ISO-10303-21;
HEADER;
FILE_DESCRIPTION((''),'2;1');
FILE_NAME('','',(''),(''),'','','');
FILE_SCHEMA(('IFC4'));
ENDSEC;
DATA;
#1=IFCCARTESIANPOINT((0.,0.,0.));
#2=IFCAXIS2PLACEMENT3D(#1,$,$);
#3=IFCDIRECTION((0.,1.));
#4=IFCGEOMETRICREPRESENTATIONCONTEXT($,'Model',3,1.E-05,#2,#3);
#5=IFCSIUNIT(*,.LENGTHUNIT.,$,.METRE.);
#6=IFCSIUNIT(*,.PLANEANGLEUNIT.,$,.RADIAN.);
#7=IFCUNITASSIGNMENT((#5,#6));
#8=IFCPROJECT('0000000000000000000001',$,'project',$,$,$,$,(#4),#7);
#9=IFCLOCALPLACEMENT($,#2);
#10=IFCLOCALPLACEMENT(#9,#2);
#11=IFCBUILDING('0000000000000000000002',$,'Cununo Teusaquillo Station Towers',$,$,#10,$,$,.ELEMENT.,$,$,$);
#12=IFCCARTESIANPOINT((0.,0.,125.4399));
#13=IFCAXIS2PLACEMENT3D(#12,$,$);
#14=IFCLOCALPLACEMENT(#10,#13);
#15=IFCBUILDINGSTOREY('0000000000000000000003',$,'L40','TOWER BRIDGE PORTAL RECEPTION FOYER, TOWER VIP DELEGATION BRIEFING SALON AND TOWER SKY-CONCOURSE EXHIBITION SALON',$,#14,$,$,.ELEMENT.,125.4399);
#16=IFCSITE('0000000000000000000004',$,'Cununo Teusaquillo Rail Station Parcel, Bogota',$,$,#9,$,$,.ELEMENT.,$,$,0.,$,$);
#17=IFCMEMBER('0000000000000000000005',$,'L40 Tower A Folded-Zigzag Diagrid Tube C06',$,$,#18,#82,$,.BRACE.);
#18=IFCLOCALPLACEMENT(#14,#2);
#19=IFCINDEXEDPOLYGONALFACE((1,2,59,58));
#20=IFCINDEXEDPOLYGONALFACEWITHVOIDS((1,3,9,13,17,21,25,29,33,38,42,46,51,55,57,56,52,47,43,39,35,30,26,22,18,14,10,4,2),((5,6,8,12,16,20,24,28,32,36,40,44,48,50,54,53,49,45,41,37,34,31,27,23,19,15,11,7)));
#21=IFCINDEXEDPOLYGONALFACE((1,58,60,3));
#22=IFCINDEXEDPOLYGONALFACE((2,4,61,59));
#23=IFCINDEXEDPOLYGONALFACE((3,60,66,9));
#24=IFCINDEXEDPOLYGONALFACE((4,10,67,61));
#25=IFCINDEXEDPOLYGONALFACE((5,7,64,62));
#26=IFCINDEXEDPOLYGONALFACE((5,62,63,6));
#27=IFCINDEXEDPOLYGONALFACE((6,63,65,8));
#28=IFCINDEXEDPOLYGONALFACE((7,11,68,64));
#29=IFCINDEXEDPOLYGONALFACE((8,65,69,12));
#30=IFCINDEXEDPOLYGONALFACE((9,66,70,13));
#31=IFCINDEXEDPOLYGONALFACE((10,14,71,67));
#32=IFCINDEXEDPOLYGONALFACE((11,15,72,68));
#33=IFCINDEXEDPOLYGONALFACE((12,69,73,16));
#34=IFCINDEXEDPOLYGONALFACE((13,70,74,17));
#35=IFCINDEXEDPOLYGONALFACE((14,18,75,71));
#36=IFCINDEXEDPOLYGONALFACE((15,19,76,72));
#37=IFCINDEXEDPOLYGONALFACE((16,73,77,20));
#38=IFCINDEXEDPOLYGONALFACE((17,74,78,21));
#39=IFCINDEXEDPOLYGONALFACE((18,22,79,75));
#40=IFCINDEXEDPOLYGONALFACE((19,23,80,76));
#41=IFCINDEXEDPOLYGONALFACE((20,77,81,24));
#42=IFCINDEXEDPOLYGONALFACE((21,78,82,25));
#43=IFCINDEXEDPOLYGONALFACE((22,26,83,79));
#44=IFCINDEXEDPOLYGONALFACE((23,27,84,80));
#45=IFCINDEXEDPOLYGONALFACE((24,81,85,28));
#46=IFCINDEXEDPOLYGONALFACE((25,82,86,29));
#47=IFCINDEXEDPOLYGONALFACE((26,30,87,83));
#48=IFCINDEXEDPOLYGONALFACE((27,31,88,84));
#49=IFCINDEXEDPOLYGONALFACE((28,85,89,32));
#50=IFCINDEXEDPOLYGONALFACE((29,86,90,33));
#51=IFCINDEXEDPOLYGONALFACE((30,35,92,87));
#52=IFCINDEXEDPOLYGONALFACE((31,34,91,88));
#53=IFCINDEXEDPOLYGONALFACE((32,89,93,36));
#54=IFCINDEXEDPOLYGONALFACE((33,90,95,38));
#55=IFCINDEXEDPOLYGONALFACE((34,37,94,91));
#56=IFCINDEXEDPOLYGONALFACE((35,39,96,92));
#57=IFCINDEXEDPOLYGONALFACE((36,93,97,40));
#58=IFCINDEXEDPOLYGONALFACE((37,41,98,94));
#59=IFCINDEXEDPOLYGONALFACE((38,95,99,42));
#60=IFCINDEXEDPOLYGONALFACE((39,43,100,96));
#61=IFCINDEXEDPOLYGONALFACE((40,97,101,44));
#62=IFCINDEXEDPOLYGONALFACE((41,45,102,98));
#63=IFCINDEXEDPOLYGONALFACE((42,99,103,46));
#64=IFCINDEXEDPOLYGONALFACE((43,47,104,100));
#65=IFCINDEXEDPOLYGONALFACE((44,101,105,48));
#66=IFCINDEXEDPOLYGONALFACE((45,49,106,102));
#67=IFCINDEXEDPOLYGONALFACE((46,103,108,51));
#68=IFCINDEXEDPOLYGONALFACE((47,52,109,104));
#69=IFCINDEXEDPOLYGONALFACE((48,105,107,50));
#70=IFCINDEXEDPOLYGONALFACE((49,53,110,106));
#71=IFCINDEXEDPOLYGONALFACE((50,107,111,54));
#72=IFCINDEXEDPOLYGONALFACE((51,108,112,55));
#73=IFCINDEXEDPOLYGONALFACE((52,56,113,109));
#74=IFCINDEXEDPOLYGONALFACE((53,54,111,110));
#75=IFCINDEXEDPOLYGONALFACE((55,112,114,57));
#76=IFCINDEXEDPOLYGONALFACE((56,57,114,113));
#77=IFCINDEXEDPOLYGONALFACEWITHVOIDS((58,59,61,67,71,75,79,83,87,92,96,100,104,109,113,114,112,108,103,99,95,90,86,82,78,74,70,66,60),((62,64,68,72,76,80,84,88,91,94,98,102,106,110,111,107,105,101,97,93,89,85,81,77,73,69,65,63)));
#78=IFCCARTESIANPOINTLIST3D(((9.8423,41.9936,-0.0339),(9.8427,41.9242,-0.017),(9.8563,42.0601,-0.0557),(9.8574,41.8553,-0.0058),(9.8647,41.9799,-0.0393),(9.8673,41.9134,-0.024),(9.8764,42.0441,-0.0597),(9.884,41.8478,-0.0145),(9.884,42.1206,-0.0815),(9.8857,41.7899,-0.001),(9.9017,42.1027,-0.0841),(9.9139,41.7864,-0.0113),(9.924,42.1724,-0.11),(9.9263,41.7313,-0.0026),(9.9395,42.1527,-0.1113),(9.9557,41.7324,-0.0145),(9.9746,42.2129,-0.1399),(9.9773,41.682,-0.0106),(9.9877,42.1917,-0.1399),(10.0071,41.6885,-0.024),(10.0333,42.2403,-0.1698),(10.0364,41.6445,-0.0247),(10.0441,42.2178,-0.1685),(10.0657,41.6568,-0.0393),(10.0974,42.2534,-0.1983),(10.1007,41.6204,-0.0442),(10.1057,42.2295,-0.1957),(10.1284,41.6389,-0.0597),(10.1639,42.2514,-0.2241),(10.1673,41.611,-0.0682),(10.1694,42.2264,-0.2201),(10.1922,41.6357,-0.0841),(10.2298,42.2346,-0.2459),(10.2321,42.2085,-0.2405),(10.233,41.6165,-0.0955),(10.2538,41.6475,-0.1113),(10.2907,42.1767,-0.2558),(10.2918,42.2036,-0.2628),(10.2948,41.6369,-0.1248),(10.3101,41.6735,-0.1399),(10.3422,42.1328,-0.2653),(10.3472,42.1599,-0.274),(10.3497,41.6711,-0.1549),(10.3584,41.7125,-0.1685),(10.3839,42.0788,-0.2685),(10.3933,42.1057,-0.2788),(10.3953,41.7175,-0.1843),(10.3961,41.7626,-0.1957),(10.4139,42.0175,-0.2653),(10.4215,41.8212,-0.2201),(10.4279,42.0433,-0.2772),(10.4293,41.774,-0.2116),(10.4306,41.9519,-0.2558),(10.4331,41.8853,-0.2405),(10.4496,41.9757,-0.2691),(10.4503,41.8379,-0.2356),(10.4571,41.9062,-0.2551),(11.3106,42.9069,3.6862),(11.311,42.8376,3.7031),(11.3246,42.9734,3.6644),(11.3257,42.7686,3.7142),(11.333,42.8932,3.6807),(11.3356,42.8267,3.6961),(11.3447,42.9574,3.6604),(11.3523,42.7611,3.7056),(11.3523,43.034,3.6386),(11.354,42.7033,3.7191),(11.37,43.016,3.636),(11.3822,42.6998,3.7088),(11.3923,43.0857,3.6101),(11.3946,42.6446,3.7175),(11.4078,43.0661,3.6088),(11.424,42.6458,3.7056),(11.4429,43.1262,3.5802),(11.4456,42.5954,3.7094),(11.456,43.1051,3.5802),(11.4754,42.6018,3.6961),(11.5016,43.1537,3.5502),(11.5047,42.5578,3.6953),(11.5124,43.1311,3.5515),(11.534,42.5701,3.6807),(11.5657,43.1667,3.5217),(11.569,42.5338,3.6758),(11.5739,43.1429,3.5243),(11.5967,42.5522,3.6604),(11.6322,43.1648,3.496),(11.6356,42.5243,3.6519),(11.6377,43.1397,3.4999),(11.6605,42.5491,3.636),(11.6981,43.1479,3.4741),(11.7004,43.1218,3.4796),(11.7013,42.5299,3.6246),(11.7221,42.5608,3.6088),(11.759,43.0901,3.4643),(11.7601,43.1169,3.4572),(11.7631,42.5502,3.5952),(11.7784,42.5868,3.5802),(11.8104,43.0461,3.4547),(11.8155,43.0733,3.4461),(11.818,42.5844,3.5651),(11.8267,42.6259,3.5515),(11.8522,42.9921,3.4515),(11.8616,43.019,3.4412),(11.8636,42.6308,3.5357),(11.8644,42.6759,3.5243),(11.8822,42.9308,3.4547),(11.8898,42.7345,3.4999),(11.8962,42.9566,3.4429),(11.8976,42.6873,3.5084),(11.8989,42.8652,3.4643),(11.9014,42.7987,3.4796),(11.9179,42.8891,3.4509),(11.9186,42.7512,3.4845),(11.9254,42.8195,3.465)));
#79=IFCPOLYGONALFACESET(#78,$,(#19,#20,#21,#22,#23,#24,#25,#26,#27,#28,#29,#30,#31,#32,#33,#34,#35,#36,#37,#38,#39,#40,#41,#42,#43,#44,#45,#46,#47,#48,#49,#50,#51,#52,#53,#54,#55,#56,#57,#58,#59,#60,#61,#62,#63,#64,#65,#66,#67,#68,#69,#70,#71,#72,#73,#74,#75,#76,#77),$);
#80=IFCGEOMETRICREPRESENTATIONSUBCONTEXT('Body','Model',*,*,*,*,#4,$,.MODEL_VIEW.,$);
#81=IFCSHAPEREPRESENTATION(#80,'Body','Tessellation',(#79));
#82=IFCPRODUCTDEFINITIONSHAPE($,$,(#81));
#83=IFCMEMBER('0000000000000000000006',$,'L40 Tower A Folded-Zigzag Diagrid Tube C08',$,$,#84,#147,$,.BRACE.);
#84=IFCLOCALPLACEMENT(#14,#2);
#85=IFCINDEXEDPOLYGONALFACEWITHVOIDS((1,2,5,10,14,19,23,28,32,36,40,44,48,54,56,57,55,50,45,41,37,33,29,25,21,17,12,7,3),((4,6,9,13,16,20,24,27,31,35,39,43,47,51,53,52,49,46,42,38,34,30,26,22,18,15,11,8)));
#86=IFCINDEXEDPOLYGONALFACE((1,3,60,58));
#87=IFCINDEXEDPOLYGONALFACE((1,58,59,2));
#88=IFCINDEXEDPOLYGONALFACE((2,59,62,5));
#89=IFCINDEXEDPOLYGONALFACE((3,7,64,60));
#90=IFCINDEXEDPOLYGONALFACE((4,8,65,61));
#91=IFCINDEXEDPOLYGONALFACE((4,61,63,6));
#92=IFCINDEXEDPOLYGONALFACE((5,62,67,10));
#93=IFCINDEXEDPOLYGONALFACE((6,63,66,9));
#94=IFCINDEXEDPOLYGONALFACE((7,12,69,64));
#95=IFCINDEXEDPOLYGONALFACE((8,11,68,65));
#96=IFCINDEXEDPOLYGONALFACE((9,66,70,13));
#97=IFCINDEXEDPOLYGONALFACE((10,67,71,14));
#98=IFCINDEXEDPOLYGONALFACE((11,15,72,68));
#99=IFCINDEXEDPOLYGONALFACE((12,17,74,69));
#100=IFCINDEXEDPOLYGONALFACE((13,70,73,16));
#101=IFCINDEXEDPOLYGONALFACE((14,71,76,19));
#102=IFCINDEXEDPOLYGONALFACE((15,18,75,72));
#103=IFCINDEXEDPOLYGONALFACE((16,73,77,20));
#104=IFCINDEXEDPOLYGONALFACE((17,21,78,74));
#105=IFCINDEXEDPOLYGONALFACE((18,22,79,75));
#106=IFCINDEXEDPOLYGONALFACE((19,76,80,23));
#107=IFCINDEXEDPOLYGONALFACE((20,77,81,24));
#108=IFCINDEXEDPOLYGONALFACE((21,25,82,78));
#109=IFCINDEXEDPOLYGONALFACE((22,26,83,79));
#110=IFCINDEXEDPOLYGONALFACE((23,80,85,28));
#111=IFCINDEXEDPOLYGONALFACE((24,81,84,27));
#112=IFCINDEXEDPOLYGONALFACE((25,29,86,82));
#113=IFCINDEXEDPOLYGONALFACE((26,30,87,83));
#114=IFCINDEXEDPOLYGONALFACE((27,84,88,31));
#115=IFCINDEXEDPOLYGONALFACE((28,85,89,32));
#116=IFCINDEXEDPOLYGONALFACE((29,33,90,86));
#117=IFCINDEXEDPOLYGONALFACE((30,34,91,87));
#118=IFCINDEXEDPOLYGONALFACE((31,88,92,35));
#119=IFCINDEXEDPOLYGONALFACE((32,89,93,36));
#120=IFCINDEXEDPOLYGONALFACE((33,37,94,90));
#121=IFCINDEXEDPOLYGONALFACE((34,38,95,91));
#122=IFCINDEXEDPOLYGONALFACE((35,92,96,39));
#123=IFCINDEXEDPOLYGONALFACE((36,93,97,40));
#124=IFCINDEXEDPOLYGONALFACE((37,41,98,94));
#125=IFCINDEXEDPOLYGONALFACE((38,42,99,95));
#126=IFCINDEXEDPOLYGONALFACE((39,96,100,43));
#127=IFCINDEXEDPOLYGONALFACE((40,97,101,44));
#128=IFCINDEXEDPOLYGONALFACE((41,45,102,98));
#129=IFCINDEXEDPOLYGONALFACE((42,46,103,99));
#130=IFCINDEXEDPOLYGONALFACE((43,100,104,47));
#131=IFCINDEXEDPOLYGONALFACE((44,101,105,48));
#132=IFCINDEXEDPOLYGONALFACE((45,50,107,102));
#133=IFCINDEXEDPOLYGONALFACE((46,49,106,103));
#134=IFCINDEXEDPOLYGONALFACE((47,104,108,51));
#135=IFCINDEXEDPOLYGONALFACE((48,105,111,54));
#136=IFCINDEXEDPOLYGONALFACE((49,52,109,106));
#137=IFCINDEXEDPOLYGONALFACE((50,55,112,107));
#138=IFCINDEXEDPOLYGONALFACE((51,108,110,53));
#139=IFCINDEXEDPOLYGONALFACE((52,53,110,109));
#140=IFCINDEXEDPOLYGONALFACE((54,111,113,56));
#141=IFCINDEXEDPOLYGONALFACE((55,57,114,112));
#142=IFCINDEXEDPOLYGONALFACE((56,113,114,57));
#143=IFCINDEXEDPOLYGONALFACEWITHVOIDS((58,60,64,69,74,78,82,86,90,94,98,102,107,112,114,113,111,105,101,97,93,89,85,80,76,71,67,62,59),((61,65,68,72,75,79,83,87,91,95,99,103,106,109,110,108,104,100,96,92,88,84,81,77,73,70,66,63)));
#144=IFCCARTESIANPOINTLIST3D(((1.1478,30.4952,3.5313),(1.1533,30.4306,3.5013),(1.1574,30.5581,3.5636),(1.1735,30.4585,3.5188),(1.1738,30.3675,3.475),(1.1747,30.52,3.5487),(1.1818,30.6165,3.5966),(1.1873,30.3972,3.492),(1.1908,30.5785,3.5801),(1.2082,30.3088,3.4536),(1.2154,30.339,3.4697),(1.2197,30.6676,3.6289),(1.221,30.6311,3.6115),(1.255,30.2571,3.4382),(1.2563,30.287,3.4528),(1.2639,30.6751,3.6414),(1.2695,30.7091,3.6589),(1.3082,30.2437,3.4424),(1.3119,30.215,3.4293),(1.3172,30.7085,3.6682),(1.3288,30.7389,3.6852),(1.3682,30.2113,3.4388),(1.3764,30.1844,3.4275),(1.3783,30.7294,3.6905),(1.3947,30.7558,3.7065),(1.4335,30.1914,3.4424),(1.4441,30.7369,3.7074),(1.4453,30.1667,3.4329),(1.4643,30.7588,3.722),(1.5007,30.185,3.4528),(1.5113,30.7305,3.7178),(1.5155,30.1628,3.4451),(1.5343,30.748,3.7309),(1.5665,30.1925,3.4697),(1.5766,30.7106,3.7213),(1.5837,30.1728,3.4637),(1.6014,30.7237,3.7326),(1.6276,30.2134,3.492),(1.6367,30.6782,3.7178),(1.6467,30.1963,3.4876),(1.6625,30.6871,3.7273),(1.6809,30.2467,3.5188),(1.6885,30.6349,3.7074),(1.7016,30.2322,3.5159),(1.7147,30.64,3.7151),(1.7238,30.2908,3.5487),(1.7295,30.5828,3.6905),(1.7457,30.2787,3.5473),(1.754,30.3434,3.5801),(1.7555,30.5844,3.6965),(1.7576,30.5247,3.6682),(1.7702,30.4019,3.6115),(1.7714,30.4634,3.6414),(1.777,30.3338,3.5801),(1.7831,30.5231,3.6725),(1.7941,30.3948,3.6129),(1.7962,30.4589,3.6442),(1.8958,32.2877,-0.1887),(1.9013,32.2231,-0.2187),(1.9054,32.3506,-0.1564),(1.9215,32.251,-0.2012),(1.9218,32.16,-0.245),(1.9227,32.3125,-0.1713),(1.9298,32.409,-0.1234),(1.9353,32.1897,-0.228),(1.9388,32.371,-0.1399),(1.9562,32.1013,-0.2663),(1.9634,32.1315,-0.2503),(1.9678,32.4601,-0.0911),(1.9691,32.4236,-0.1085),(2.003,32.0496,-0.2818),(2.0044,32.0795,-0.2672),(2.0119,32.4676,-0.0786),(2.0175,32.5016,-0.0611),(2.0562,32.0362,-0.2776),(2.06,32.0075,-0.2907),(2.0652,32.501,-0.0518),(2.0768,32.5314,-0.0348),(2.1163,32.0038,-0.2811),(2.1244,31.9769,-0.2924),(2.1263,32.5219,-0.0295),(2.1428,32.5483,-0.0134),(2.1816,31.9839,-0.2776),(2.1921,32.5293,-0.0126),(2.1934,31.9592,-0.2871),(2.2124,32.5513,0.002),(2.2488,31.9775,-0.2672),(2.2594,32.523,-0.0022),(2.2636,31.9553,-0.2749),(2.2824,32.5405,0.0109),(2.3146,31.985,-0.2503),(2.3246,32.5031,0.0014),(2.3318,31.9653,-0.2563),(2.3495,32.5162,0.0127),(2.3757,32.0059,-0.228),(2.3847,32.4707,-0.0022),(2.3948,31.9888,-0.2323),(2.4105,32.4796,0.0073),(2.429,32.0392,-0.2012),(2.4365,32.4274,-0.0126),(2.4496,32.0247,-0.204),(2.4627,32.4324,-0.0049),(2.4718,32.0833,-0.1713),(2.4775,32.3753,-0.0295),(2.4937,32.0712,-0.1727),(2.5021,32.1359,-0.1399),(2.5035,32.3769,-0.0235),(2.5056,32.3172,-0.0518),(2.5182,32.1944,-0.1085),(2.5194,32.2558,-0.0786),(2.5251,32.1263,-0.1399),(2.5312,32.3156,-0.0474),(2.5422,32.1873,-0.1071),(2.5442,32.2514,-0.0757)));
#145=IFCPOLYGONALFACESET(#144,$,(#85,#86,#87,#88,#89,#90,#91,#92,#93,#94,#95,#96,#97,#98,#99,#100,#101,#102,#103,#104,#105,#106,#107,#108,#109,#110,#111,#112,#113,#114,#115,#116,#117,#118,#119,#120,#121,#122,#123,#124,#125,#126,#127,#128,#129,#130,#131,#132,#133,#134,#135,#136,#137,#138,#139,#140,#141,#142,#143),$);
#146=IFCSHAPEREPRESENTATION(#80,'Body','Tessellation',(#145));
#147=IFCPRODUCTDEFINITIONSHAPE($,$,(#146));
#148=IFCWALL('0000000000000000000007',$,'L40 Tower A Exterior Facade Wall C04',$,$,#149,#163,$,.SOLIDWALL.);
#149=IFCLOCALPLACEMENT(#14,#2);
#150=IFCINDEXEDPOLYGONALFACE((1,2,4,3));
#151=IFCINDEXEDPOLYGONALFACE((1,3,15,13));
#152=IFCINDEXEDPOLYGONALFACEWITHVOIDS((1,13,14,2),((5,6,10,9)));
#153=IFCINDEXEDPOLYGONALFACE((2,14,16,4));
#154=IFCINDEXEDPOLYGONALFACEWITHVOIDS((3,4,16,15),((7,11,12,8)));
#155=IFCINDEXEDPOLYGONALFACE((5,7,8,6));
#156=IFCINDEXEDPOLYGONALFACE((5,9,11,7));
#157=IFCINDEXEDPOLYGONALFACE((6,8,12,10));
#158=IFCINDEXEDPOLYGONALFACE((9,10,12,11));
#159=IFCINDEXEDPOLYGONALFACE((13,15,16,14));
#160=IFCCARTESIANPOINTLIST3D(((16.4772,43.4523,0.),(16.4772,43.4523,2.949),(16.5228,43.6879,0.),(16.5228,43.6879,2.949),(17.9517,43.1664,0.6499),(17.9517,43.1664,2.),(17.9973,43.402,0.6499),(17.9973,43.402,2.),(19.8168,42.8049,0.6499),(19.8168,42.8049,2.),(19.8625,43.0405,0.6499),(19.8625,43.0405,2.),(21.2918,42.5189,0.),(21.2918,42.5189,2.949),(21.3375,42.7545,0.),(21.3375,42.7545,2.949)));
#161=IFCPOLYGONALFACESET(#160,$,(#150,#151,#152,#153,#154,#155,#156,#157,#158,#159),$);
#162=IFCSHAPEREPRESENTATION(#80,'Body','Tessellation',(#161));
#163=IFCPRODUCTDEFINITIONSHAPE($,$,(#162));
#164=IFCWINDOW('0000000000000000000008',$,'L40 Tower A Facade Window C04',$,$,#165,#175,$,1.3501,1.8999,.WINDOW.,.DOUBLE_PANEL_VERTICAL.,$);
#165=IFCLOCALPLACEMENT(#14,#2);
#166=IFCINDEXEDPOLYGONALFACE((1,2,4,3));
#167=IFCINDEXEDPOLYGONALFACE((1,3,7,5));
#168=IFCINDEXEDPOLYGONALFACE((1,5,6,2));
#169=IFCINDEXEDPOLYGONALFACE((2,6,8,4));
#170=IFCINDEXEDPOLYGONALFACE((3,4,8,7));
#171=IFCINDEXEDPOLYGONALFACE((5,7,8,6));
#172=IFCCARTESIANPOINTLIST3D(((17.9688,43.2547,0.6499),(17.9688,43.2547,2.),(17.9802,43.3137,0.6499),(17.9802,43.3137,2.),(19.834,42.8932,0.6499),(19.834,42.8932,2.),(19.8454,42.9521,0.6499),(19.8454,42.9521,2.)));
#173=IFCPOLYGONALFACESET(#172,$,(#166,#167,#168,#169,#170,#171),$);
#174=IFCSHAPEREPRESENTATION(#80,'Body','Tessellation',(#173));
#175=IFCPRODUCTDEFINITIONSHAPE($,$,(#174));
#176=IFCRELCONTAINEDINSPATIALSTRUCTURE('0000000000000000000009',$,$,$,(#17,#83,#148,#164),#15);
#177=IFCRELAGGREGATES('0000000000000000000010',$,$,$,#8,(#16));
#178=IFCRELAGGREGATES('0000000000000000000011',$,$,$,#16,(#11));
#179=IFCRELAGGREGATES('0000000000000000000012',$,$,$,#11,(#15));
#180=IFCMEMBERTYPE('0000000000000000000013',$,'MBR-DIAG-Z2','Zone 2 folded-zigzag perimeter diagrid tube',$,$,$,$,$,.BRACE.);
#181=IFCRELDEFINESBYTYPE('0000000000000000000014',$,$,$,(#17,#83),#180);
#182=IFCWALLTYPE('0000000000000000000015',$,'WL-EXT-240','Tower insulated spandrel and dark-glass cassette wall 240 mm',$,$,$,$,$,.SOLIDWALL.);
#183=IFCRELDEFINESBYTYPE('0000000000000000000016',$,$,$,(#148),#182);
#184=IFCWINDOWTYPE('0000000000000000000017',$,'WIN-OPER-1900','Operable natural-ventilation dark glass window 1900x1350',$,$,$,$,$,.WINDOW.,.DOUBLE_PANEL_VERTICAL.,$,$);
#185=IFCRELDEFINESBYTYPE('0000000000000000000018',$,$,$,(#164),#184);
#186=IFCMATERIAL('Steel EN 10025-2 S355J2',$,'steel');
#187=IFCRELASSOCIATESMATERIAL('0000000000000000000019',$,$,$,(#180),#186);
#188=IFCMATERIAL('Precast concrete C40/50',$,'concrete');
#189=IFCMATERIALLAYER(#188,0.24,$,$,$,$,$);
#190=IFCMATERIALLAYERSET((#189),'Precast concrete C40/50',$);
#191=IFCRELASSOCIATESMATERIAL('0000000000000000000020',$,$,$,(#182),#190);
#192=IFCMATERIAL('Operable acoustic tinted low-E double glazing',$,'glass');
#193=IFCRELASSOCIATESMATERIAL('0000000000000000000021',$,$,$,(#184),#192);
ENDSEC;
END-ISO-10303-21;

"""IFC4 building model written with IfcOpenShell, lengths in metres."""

from ifc_helpers import new_model, si_unit, direction, frame, frame_2d, origin, origin_2d, place, context, subcontext, project, spatial, rectangle, hollow_circle, extrude, source, transform, mapped, material, layer, layer_set, material_profile, profile_set, type_object, element, fill, save


model = new_model("IFC4")

# Units and contexts
model_context = context("Model", 3, precision=1e-05, world=origin(), true_north=direction((0.0, 1.0)))
body_context = subcontext(model_context, "Body", "Model", "MODEL_VIEW")
ifc_project = project(units=[si_unit("LENGTHUNIT", "METRE"), si_unit("PLANEANGLEUNIT", "RADIAN")], contexts=[model_context])

# Site, building, storey
site_placement = place(None, origin())
site = spatial("IfcSite", under=ifc_project, at=site_placement, Name="Cununo Teusaquillo Rail Station Parcel, Bogota", CompositionType="ELEMENT", RefElevation=0.0)
building_placement = place(site_placement, origin())
building = spatial("IfcBuilding", under=site, at=building_placement, Name="Cununo Teusaquillo Station Towers", CompositionType="ELEMENT")
storey_placement = place(building_placement, frame((0.0, 0.0, 125.4399)))
storey = spatial("IfcBuildingStorey", under=building, at=storey_placement, Name="L40", Description="TOWER BRIDGE PORTAL RECEPTION FOYER, TOWER VIP DELEGATION BRIEFING SALON AND TOWER SKY-CONCOURSE EXHIBITION SALON", CompositionType="ELEMENT", Elevation=125.4399)

# Members
ifc_material_1 = material(Name="Steel EN 10025-2 S355J2", Category="steel")
ifc_material_profile_1 = material_profile(ifc_material_1, hollow_circle(Radius=0.3301, WallThickness=0.0249, at=origin_2d()), Name="CHS 660x25")
ifc_profile_set_1 = profile_set([ifc_material_profile_1], Name="Steel EN 10025-2 S355J2")
member_type = type_object("IfcMemberType", Name="MBR-DIAG-Z2", Description="Zone 2 folded-zigzag perimeter diagrid tube", PredefinedType="BRACE", material=ifc_profile_set_1)
member_1_placement = place(storey_placement, frame((10.1489, 41.9326, -0.1399), z_axis=(0.357919, 0.222643, 0.906821), x_axis=(-0.528196, 0.849123, 0.0)))
element("IfcMember", 1, at=member_1_placement, inside=storey, type_object=member_type, Name="L40 Tower A Folded-Zigzag Diagrid Tube C06", PredefinedType="BRACE", context=body_context, shape_type="SweptSolid", body=[
    extrude(hollow_circle(Radius=0.3301, WallThickness=0.0249, at=origin_2d()), origin(), (0.0, 0.0, 1.0), 4.1023),
])
member_2_placement = place(storey_placement, frame((2.2205, 32.2534, -0.1399), z_axis=(-0.178254, -0.427135, 0.886443), x_axis=(0.922861, -0.385133, 0.0)))
element("IfcMember", 2, at=member_2_placement, inside=storey, type_object=member_type, Name="L40 Tower A Folded-Zigzag Diagrid Tube C08", PredefinedType="BRACE", context=body_context, shape_type="SweptSolid", body=[
    extrude(hollow_circle(Radius=0.3301, WallThickness=0.0249, at=origin_2d()), origin(), (0.0, 0.0, 1.0), 4.1965),
])

# Wall, opening, window
ifc_material_2 = material(Name="Precast concrete C40/50", Category="concrete")
ifc_layer_1 = layer(ifc_material_2, 0.24)
ifc_layer_set_1 = layer_set([ifc_layer_1], Name="Precast concrete C40/50")
wall_type_1 = type_object("IfcWallType", Name="WL-EXT-240", Description="Tower insulated spandrel and dark-glass cassette wall 240 mm", PredefinedType="SOLIDWALL", material=ifc_layer_set_1)
wall_1_placement = place(storey_placement, frame((16.5, 43.5701, 0.0), z_axis=(0.0, 0.0, 1.0), x_axis=(0.981724, -0.190311, 0.0)))
wall_1 = element("IfcWall", 3, at=wall_1_placement, inside=storey, type_object=wall_type_1, Name="L40 Tower A Exterior Facade Wall C04", PredefinedType="SOLIDWALL", context=body_context, shape_type="SweptSolid", body=[
    extrude(rectangle(XDim=4.9043, YDim=0.24, at=frame_2d((2.4521, 0.0))), origin(), (0.0, 0.0, 1.0), 2.949),
])
shared_shape_1 = source(origin(), body_context, "Body", "SweptSolid", [
    extrude(rectangle(XDim=1.8999, YDim=1.3501, at=frame_2d((0.95, 0.675))), frame((0.0, 0.1299, 0.0), z_axis=(0.0, -1.0, 0.0), x_axis=(1.0, 0.0, 0.0)), (0.0, 0.0, 1.0), 0.26),
])
opening_1_placement = place(wall_1_placement, frame((1.502, 0.0, 0.6499)))
opening_1 = element("IfcOpeningElement", 4, at=opening_1_placement, cuts=wall_1, PredefinedType="OPENING", context=body_context, shape_type="MappedRepresentation", body=[
    mapped(shared_shape_1, transform((0.0, 0.0, 0.0), x_axis=(1.0, 0.0, 0.0), y_axis=(0.0, 1.0, 0.0), z_axis=(0.0, 0.0, 1.0), scale=1.0)),
])
ifc_material_3 = material(Name="Operable acoustic tinted low-E double glazing", Category="glass")
window_type_1 = type_object("IfcWindowType", Name="WIN-OPER-1900", Description="Operable natural-ventilation dark glass window 1900x1350", PartitioningType="DOUBLE_PANEL_VERTICAL", PredefinedType="WINDOW", material=ifc_material_3)
shared_shape_2 = source(origin(), body_context, "Body", "SweptSolid", [
    extrude(rectangle(XDim=1.8999, YDim=1.3501, at=frame_2d((0.95, 0.675))), frame((0.0, 0.03, 0.0), z_axis=(0.0, -1.0, 0.0), x_axis=(1.0, 0.0, 0.0)), (0.0, 0.0, 1.0), 0.0601),
])
window_1_placement = place(opening_1_placement, origin())
window_1 = element("IfcWindow", 5, at=window_1_placement, inside=storey, type_object=window_type_1, Name="L40 Tower A Facade Window C04", OverallHeight=1.3501, OverallWidth=1.8999, PartitioningType="DOUBLE_PANEL_VERTICAL", PredefinedType="WINDOW", context=body_context, shape_type="MappedRepresentation", body=[
    mapped(shared_shape_2, transform((0.0, 0.0, 0.0), x_axis=(1.0, 0.0, 0.0), y_axis=(0.0, 1.0, 0.0), z_axis=(0.0, 0.0, 1.0), scale=1.0)),
])
fill(opening_1, window_1)

save(model, "model.ifc")
